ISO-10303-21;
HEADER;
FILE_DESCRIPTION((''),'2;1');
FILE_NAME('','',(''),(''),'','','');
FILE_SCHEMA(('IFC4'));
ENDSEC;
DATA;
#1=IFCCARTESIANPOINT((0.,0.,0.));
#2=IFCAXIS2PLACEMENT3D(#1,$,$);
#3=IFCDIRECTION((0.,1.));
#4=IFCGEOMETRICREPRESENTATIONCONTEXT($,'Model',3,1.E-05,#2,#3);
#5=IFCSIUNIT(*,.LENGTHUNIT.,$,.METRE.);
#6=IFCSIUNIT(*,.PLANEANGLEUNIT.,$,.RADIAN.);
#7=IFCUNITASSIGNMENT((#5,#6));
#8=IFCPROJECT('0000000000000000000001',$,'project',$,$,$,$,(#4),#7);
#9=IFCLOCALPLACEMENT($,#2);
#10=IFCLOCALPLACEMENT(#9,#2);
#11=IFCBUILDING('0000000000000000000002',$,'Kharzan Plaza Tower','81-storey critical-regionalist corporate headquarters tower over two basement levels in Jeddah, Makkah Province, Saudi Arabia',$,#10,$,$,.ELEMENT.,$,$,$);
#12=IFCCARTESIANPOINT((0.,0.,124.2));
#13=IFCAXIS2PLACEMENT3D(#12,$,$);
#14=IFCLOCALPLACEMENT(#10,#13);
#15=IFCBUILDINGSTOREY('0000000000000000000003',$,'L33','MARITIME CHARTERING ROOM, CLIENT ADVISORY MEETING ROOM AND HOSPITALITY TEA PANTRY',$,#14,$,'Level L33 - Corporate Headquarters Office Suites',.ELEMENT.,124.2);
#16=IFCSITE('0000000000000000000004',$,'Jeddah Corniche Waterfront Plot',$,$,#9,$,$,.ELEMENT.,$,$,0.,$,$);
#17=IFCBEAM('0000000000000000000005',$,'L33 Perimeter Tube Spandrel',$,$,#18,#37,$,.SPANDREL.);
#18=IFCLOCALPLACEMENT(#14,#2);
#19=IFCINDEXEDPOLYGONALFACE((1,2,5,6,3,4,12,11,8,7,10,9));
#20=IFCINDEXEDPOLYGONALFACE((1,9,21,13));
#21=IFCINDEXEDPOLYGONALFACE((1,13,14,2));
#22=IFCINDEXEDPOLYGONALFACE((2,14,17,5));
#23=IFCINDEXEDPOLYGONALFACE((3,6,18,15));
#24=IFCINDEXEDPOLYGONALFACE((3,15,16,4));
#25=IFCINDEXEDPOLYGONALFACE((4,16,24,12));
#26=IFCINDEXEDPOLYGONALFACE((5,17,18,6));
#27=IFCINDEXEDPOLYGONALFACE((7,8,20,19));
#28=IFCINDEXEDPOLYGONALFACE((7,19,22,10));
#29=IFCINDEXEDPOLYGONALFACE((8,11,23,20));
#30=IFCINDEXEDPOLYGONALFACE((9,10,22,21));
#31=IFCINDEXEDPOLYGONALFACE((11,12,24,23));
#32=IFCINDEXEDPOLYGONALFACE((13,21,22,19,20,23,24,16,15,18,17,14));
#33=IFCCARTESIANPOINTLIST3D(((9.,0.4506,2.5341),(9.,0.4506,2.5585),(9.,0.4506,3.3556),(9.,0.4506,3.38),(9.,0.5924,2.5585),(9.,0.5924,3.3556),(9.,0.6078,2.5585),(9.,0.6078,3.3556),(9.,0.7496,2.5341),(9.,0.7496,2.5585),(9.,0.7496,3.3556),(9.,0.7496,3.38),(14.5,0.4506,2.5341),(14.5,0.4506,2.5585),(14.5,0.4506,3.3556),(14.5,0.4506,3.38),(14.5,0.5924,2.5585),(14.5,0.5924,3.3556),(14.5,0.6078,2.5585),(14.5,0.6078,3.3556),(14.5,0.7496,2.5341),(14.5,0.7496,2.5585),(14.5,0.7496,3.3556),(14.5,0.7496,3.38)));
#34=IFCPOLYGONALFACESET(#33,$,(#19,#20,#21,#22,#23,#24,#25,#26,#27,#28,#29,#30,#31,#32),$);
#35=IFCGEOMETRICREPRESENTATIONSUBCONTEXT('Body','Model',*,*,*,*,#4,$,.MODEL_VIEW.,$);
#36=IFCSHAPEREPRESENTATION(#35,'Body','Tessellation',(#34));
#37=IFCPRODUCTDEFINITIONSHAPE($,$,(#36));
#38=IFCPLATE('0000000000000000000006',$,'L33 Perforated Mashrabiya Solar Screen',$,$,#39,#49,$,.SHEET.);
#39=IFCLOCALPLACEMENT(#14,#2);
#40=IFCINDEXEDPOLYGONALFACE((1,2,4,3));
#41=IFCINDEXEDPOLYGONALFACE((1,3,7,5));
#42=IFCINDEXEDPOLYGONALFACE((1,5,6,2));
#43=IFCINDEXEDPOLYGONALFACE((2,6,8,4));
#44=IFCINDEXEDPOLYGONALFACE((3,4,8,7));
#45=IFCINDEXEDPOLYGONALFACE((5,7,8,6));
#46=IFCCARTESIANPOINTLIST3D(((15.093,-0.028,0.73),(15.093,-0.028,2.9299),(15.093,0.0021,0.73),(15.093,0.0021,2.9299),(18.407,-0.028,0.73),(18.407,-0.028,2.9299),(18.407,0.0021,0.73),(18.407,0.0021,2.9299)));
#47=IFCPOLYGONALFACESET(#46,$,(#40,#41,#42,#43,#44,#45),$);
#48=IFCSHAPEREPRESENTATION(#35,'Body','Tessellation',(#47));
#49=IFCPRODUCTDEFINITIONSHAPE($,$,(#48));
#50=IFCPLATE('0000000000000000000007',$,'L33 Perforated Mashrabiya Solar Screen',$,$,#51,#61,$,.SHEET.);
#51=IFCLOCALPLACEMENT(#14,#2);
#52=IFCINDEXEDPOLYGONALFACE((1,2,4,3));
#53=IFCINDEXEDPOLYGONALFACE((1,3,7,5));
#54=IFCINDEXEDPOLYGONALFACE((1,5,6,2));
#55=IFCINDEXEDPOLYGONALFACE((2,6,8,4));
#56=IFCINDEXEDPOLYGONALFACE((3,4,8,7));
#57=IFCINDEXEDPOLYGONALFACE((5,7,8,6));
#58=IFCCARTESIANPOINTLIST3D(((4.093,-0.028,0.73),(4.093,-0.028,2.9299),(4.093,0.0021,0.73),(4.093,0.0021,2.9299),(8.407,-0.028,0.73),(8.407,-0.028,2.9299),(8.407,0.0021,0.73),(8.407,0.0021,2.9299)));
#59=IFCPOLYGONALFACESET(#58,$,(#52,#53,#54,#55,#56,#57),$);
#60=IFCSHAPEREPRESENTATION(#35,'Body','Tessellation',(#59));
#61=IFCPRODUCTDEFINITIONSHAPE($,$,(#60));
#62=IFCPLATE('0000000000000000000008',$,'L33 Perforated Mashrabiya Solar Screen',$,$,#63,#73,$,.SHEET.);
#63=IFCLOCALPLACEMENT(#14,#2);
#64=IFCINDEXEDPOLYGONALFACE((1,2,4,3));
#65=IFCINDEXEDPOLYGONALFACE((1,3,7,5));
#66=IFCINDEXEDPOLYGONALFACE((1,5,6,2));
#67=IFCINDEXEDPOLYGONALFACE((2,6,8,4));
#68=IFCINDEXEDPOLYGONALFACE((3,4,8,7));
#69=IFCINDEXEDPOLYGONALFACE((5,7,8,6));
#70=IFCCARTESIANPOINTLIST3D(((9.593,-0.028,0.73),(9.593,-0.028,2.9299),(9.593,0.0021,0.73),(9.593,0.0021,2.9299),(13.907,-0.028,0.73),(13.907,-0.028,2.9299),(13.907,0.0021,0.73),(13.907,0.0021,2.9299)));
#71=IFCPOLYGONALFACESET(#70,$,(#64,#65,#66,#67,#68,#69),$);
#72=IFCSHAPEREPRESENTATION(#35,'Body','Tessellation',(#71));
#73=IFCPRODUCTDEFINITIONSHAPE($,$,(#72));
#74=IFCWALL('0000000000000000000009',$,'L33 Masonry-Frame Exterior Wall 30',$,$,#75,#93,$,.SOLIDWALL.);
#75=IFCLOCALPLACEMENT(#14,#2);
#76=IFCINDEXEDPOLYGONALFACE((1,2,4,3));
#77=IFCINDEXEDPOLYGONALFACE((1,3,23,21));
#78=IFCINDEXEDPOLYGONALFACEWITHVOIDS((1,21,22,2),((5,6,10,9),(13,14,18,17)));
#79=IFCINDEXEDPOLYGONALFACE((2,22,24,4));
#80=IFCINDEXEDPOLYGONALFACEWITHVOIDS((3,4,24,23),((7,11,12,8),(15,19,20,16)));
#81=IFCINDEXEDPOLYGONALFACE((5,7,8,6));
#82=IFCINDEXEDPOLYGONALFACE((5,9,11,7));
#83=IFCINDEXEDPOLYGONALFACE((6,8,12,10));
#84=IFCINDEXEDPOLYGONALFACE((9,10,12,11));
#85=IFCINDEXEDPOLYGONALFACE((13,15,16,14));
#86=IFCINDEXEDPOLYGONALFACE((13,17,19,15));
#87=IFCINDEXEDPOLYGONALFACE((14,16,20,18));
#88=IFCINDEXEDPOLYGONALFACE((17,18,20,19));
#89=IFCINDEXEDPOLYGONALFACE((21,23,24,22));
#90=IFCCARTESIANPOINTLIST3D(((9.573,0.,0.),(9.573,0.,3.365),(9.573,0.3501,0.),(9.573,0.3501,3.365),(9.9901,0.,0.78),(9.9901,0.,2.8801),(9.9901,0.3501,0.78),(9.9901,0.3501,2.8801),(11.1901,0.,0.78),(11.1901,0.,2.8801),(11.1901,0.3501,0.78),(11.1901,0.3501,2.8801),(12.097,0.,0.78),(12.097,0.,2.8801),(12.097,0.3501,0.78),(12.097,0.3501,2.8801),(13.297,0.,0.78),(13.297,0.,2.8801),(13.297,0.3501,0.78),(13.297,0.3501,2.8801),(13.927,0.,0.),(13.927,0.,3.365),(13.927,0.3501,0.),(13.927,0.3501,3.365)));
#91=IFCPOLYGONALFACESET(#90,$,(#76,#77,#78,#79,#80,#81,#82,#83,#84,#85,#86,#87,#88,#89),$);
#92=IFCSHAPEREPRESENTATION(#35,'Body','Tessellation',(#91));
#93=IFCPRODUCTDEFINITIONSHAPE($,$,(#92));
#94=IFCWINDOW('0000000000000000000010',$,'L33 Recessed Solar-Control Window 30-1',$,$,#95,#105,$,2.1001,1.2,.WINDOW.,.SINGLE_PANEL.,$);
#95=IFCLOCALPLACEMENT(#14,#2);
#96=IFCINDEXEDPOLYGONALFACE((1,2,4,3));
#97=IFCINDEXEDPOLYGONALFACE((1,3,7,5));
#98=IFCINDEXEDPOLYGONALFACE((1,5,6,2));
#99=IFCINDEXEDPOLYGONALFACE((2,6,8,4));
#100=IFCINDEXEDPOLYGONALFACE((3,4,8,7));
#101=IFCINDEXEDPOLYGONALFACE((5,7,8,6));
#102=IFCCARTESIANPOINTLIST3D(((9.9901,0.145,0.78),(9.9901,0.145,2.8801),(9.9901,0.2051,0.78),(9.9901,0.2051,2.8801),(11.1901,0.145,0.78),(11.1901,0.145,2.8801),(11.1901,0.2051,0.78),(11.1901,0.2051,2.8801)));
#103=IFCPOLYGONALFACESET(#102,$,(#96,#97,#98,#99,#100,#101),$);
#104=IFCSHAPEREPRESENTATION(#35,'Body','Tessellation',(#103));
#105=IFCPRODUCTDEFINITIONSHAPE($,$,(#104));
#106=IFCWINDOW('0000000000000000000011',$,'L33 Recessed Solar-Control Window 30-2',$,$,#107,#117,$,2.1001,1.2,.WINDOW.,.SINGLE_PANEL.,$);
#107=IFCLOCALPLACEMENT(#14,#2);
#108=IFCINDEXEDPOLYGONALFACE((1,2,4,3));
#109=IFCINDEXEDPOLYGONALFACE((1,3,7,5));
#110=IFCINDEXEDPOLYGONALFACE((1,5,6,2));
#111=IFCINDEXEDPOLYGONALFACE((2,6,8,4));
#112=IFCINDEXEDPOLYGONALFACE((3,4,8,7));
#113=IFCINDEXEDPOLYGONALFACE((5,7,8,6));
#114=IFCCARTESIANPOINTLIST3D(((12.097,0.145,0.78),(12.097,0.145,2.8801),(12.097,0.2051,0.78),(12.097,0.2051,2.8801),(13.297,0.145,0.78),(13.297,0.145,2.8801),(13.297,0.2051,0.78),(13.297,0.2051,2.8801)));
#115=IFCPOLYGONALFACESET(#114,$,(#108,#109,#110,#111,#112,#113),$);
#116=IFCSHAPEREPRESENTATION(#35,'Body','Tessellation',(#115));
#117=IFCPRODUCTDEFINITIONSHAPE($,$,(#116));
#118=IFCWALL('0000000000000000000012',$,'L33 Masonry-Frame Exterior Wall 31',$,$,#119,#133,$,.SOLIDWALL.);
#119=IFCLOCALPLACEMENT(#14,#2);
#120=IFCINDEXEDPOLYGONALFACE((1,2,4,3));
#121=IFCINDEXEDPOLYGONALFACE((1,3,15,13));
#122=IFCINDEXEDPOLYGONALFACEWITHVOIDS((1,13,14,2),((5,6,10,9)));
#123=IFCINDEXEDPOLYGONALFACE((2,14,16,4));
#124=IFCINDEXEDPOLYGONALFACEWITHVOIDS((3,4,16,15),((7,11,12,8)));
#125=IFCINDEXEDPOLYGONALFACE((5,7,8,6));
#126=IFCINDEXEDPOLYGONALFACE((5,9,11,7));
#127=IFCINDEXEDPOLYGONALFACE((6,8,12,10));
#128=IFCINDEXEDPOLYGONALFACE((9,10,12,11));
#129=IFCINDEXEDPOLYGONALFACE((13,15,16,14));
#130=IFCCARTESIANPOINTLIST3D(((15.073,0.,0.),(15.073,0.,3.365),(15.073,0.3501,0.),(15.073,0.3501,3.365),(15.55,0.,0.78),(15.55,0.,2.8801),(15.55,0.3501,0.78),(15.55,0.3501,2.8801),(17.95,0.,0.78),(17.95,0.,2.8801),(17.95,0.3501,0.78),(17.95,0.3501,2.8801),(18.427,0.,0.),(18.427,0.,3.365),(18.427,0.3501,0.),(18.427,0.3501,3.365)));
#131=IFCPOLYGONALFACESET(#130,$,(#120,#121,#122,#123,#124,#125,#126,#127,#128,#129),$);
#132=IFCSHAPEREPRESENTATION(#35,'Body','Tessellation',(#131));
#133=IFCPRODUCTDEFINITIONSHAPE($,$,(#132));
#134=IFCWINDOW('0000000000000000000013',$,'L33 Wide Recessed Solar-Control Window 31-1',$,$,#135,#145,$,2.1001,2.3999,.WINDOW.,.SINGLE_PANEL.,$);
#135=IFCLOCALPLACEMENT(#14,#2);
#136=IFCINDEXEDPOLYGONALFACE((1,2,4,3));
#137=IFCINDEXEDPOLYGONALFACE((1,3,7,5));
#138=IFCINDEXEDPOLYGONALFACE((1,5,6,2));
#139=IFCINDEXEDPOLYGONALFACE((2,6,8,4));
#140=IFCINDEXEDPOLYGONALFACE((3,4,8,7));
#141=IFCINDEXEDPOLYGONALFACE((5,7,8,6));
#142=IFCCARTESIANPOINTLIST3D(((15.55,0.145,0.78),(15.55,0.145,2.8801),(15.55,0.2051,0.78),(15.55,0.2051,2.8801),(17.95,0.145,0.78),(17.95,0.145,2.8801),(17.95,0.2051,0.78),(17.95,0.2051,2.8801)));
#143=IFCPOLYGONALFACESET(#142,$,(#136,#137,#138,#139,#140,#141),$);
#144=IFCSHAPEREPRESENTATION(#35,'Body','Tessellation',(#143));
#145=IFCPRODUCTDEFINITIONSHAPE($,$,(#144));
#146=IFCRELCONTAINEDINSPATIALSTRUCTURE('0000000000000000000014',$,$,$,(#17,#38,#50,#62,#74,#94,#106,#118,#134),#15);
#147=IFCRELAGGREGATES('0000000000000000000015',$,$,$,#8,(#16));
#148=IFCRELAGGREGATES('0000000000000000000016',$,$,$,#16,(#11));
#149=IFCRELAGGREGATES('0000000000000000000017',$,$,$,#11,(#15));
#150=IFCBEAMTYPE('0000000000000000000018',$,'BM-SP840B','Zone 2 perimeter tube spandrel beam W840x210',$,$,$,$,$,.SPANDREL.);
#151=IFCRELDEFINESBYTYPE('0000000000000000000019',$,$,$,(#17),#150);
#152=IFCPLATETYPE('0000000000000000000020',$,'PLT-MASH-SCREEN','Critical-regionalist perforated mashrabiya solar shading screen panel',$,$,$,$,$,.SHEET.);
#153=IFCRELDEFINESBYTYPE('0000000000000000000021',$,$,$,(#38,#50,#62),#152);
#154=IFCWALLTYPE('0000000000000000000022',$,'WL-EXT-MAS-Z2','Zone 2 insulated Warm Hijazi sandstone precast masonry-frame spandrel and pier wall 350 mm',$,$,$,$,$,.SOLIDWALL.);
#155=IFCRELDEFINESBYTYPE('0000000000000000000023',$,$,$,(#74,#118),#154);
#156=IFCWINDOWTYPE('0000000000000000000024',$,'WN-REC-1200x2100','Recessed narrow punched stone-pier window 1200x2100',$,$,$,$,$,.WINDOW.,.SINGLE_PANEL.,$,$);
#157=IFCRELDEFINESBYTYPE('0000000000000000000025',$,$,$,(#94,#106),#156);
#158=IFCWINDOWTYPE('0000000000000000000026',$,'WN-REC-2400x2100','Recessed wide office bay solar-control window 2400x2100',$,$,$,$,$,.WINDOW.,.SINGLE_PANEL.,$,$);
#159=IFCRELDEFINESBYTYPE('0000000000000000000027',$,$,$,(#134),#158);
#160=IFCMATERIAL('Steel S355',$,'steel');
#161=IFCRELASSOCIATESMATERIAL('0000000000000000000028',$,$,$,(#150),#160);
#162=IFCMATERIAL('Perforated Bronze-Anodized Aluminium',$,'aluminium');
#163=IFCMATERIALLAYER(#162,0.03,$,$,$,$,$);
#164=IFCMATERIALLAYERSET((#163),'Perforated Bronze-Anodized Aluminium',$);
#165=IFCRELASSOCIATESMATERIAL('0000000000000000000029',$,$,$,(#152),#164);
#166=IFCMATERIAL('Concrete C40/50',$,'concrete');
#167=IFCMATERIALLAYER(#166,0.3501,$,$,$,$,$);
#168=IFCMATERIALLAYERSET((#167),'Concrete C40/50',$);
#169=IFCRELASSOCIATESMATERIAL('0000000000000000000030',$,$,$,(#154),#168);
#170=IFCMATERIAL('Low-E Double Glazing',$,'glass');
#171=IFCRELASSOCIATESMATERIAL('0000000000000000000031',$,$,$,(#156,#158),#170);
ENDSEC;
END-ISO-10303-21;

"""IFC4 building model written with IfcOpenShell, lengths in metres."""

from ifc_helpers import new_model, si_unit, direction, frame, frame_2d, origin, origin_2d, place, context, subcontext, project, spatial, rectangle, i_section, extrude, source, transform, mapped, material, layer, layer_set, material_profile, profile_set, type_object, element, fill, save


model = new_model("IFC4")

# Units and contexts
model_context = context("Model", 3, precision=1e-05, world=origin(), true_north=direction((0.0, 1.0)))
body_context = subcontext(model_context, "Body", "Model", "MODEL_VIEW")
ifc_project = project(units=[si_unit("LENGTHUNIT", "METRE"), si_unit("PLANEANGLEUNIT", "RADIAN")], contexts=[model_context])

# Site, building, storey
site_placement = place(None, origin())
site = spatial("IfcSite", under=ifc_project, at=site_placement, Name="Jeddah Corniche Waterfront Plot", CompositionType="ELEMENT", RefElevation=0.0)
building_placement = place(site_placement, origin())
building = spatial("IfcBuilding", under=site, at=building_placement, Name="Kharzan Plaza Tower", Description="81-storey critical-regionalist corporate headquarters tower over two basement levels in Jeddah, Makkah Province, Saudi Arabia", CompositionType="ELEMENT")
storey_placement = place(building_placement, frame((0.0, 0.0, 124.2)))
storey = spatial("IfcBuildingStorey", under=building, at=storey_placement, Name="L33", Description="MARITIME CHARTERING ROOM, CLIENT ADVISORY MEETING ROOM AND HOSPITALITY TEA PANTRY", LongName="Level L33 - Corporate Headquarters Office Suites", CompositionType="ELEMENT", Elevation=124.2)

# Beam
ifc_material_1 = material(Name="Steel S355", Category="steel")
ifc_material_profile_1 = material_profile(ifc_material_1, i_section(OverallWidth=0.2991, OverallDepth=0.8459, WebThickness=0.0154, FlangeThickness=0.0244, at=origin_2d()), Name="W840x210")
ifc_profile_set_1 = profile_set([ifc_material_profile_1], Name="Steel S355")
beam_type_1 = type_object("IfcBeamType", Name="BM-SP840B", Description="Zone 2 perimeter tube spandrel beam W840x210", PredefinedType="SPANDREL", material=ifc_profile_set_1)
shared_shape_1 = source(origin(), body_context, "Body", "SweptSolid", [
    extrude(i_section(OverallWidth=0.2991, OverallDepth=0.8459, WebThickness=0.0154, FlangeThickness=0.0244, at=origin_2d()), origin(), (0.0, 0.0, 1.0), 5.5),
])
beam_1_placement = place(storey_placement, frame((9.0, 0.6001, 2.957), z_axis=(1.0, 0.0, 0.0), x_axis=(0.0, 1.0, 0.0)))
element("IfcBeam", 1, at=beam_1_placement, inside=storey, type_object=beam_type_1, Name="L33 Perimeter Tube Spandrel", PredefinedType="SPANDREL", context=body_context, shape_type="MappedRepresentation", body=[
    mapped(shared_shape_1, transform((0.0, 0.0, 0.0), x_axis=(1.0, 0.0, 0.0), y_axis=(0.0, 1.0, 0.0), z_axis=(0.0, 0.0, 1.0))),
])

# Plates
ifc_material_2 = material(Name="Perforated Bronze-Anodized Aluminium", Category="aluminium")
ifc_layer_1 = layer(ifc_material_2, 0.03)
ifc_layer_set_1 = layer_set([ifc_layer_1], Name="Perforated Bronze-Anodized Aluminium")
plate_type = type_object("IfcPlateType", Name="PLT-MASH-SCREEN", Description="Critical-regionalist perforated mashrabiya solar shading screen panel", PredefinedType="SHEET", material=ifc_layer_set_1)
shared_shape_2 = source(origin(), body_context, "Body", "SweptSolid", [
    extrude(rectangle(XDim=3.314, YDim=0.03, at=origin_2d()), origin(), (0.0, 0.0, 1.0), 2.2),
])
plate_placement = place(storey_placement, frame((16.75, -0.0129, 0.73), z_axis=(0.0, 0.0, 1.0), x_axis=(1.0, 0.0, 0.0)))
element("IfcPlate", 2, at=plate_placement, inside=storey, type_object=plate_type, Name="L33 Perforated Mashrabiya Solar Screen", PredefinedType="SHEET", context=body_context, shape_type="MappedRepresentation", body=[
    mapped(shared_shape_2, transform((0.0, 0.0, 0.0), x_axis=(1.0, 0.0, 0.0), y_axis=(0.0, 1.0, 0.0), z_axis=(0.0, 0.0, 1.0))),
])
shared_shape_3 = source(origin(), body_context, "Body", "SweptSolid", [
    extrude(rectangle(XDim=4.314, YDim=0.03, at=origin_2d()), origin(), (0.0, 0.0, 1.0), 2.2),
])
for number, where, z_axis, x_axis, name in (
    (3, (6.25, -0.0129, 0.73), (0.0, 0.0, 1.0), (1.0, 0.0, 0.0), "L33 Perforated Mashrabiya Solar Screen"),
    (4, (11.75, -0.0129, 0.73), (0.0, 0.0, 1.0), (1.0, 0.0, 0.0), "L33 Perforated Mashrabiya Solar Screen"),
):
    element("IfcPlate", number, at=place(storey_placement, frame(where, z_axis=z_axis, x_axis=x_axis)), inside=storey, type_object=plate_type, Name=name, PredefinedType="SHEET", context=body_context, shape_type="MappedRepresentation", body=[
        mapped(shared_shape_3, transform((0.0, 0.0, 0.0), x_axis=(1.0, 0.0, 0.0), y_axis=(0.0, 1.0, 0.0), z_axis=(0.0, 0.0, 1.0))),
    ])

# Wall, openings, windows
ifc_material_3 = material(Name="Concrete C40/50", Category="concrete")
ifc_layer_2 = layer(ifc_material_3, 0.3501)
ifc_layer_set_2 = layer_set([ifc_layer_2], Name="Concrete C40/50")
wall_type_1 = type_object("IfcWallType", Name="WL-EXT-MAS-Z2", Description="Zone 2 insulated Warm Hijazi sandstone precast masonry-frame spandrel and pier wall 350 mm", PredefinedType="SOLIDWALL", material=ifc_layer_set_2)
wall_1_placement = place(storey_placement, frame((9.573, 0.175, 0.0), z_axis=(0.0, 0.0, 1.0), x_axis=(1.0, 0.0, 0.0)))
wall_1 = element("IfcWall", 5, at=wall_1_placement, inside=storey, type_object=wall_type_1, Name="L33 Masonry-Frame Exterior Wall 30", PredefinedType="SOLIDWALL", context=body_context, shape_type="SweptSolid", body=[
    extrude(rectangle(XDim=4.354, YDim=0.3501, at=frame_2d((2.177, 0.0))), origin(), (0.0, 0.0, 1.0), 3.365),
])
opening_1_placement = place(wall_1_placement, frame((0.417, 0.0, 0.78)))
opening_1 = element("IfcOpeningElement", 6, at=opening_1_placement, cuts=wall_1, PredefinedType="OPENING", context=body_context, shape_type="SweptSolid", body=[
    extrude(rectangle(XDim=1.2, YDim=2.1001, at=frame_2d((0.6001, 1.05))), frame((0.0, 0.1851, 0.0), z_axis=(0.0, -1.0, 0.0), x_axis=(1.0, 0.0, 0.0)), (0.0, 0.0, 1.0), 0.3701),
])
opening_2_placement = place(wall_1_placement, frame((2.5239, 0.0, 0.78)))
opening_2 = element("IfcOpeningElement", 7, at=opening_2_placement, cuts=wall_1, PredefinedType="OPENING", context=body_context, shape_type="SweptSolid", body=[
    extrude(rectangle(XDim=1.2, YDim=2.1001, at=frame_2d((0.6001, 1.05))), frame((0.0, 0.1851, 0.0), z_axis=(0.0, -1.0, 0.0), x_axis=(1.0, 0.0, 0.0)), (0.0, 0.0, 1.0), 0.3701),
])
ifc_material_4 = material(Name="Low-E Double Glazing", Category="glass")
window_type_1 = type_object("IfcWindowType", Name="WN-REC-1200x2100", Description="Recessed narrow punched stone-pier window 1200x2100", PartitioningType="SINGLE_PANEL", PredefinedType="WINDOW", material=ifc_material_4)
shared_shape_4 = source(origin(), body_context, "Body", "SweptSolid", [
    extrude(rectangle(XDim=1.2, YDim=2.1001, at=frame_2d((0.6001, 1.05))), frame((0.0, 0.03, 0.0), z_axis=(0.0, -1.0, 0.0), x_axis=(1.0, 0.0, 0.0)), (0.0, 0.0, 1.0), 0.0601),
])
window_1_placement = place(opening_1_placement, origin())
window_1 = element("IfcWindow", 8, at=window_1_placement, inside=storey, type_object=window_type_1, Name="L33 Recessed Solar-Control Window 30-1", OverallHeight=2.1001, OverallWidth=1.2, PartitioningType="SINGLE_PANEL", PredefinedType="WINDOW", context=body_context, shape_type="MappedRepresentation", body=[
    mapped(shared_shape_4, transform((0.0, 0.0, 0.0), x_axis=(1.0, 0.0, 0.0), y_axis=(0.0, 1.0, 0.0), z_axis=(0.0, 0.0, 1.0))),
])
fill(opening_1, window_1)
window_2_placement = place(opening_2_placement, origin())
window_2 = element("IfcWindow", 9, at=window_2_placement, inside=storey, type_object=window_type_1, Name="L33 Recessed Solar-Control Window 30-2", OverallHeight=2.1001, OverallWidth=1.2, PartitioningType="SINGLE_PANEL", PredefinedType="WINDOW", context=body_context, shape_type="MappedRepresentation", body=[
    mapped(shared_shape_4, transform((0.0, 0.0, 0.0), x_axis=(1.0, 0.0, 0.0), y_axis=(0.0, 1.0, 0.0), z_axis=(0.0, 0.0, 1.0))),
])
fill(opening_2, window_2)

# Wall, opening, window
wall_2_placement = place(storey_placement, frame((15.073, 0.175, 0.0), z_axis=(0.0, 0.0, 1.0), x_axis=(1.0, 0.0, 0.0)))
wall_2 = element("IfcWall", 10, at=wall_2_placement, inside=storey, type_object=wall_type_1, Name="L33 Masonry-Frame Exterior Wall 31", PredefinedType="SOLIDWALL", context=body_context, shape_type="SweptSolid", body=[
    extrude(rectangle(XDim=3.354, YDim=0.3501, at=frame_2d((1.677, 0.0))), origin(), (0.0, 0.0, 1.0), 3.365),
])
opening_3_placement = place(wall_2_placement, frame((0.4771, 0.0, 0.78)))
opening_3 = element("IfcOpeningElement", 11, at=opening_3_placement, cuts=wall_2, PredefinedType="OPENING", context=body_context, shape_type="SweptSolid", body=[
    extrude(rectangle(XDim=2.3999, YDim=2.1001, at=frame_2d((1.2, 1.05))), frame((0.0, 0.1851, 0.0), z_axis=(0.0, -1.0, 0.0), x_axis=(1.0, 0.0, 0.0)), (0.0, 0.0, 1.0), 0.3701),
])
window_type_2 = type_object("IfcWindowType", Name="WN-REC-2400x2100", Description="Recessed wide office bay solar-control window 2400x2100", PartitioningType="SINGLE_PANEL", PredefinedType="WINDOW", material=ifc_material_4)
shared_shape_5 = source(origin(), body_context, "Body", "SweptSolid", [
    extrude(rectangle(XDim=2.3999, YDim=2.1001, at=frame_2d((1.2, 1.05))), frame((0.0, 0.03, 0.0), z_axis=(0.0, -1.0, 0.0), x_axis=(1.0, 0.0, 0.0)), (0.0, 0.0, 1.0), 0.0601),
])
window_3_placement = place(opening_3_placement, origin())
window_3 = element("IfcWindow", 12, at=window_3_placement, inside=storey, type_object=window_type_2, Name="L33 Wide Recessed Solar-Control Window 31-1", OverallHeight=2.1001, OverallWidth=2.3999, PartitioningType="SINGLE_PANEL", PredefinedType="WINDOW", context=body_context, shape_type="MappedRepresentation", body=[
    mapped(shared_shape_5, transform((0.0, 0.0, 0.0), x_axis=(1.0, 0.0, 0.0), y_axis=(0.0, 1.0, 0.0), z_axis=(0.0, 0.0, 1.0))),
])
fill(opening_3, window_3)

save(model, "model.ifc")
